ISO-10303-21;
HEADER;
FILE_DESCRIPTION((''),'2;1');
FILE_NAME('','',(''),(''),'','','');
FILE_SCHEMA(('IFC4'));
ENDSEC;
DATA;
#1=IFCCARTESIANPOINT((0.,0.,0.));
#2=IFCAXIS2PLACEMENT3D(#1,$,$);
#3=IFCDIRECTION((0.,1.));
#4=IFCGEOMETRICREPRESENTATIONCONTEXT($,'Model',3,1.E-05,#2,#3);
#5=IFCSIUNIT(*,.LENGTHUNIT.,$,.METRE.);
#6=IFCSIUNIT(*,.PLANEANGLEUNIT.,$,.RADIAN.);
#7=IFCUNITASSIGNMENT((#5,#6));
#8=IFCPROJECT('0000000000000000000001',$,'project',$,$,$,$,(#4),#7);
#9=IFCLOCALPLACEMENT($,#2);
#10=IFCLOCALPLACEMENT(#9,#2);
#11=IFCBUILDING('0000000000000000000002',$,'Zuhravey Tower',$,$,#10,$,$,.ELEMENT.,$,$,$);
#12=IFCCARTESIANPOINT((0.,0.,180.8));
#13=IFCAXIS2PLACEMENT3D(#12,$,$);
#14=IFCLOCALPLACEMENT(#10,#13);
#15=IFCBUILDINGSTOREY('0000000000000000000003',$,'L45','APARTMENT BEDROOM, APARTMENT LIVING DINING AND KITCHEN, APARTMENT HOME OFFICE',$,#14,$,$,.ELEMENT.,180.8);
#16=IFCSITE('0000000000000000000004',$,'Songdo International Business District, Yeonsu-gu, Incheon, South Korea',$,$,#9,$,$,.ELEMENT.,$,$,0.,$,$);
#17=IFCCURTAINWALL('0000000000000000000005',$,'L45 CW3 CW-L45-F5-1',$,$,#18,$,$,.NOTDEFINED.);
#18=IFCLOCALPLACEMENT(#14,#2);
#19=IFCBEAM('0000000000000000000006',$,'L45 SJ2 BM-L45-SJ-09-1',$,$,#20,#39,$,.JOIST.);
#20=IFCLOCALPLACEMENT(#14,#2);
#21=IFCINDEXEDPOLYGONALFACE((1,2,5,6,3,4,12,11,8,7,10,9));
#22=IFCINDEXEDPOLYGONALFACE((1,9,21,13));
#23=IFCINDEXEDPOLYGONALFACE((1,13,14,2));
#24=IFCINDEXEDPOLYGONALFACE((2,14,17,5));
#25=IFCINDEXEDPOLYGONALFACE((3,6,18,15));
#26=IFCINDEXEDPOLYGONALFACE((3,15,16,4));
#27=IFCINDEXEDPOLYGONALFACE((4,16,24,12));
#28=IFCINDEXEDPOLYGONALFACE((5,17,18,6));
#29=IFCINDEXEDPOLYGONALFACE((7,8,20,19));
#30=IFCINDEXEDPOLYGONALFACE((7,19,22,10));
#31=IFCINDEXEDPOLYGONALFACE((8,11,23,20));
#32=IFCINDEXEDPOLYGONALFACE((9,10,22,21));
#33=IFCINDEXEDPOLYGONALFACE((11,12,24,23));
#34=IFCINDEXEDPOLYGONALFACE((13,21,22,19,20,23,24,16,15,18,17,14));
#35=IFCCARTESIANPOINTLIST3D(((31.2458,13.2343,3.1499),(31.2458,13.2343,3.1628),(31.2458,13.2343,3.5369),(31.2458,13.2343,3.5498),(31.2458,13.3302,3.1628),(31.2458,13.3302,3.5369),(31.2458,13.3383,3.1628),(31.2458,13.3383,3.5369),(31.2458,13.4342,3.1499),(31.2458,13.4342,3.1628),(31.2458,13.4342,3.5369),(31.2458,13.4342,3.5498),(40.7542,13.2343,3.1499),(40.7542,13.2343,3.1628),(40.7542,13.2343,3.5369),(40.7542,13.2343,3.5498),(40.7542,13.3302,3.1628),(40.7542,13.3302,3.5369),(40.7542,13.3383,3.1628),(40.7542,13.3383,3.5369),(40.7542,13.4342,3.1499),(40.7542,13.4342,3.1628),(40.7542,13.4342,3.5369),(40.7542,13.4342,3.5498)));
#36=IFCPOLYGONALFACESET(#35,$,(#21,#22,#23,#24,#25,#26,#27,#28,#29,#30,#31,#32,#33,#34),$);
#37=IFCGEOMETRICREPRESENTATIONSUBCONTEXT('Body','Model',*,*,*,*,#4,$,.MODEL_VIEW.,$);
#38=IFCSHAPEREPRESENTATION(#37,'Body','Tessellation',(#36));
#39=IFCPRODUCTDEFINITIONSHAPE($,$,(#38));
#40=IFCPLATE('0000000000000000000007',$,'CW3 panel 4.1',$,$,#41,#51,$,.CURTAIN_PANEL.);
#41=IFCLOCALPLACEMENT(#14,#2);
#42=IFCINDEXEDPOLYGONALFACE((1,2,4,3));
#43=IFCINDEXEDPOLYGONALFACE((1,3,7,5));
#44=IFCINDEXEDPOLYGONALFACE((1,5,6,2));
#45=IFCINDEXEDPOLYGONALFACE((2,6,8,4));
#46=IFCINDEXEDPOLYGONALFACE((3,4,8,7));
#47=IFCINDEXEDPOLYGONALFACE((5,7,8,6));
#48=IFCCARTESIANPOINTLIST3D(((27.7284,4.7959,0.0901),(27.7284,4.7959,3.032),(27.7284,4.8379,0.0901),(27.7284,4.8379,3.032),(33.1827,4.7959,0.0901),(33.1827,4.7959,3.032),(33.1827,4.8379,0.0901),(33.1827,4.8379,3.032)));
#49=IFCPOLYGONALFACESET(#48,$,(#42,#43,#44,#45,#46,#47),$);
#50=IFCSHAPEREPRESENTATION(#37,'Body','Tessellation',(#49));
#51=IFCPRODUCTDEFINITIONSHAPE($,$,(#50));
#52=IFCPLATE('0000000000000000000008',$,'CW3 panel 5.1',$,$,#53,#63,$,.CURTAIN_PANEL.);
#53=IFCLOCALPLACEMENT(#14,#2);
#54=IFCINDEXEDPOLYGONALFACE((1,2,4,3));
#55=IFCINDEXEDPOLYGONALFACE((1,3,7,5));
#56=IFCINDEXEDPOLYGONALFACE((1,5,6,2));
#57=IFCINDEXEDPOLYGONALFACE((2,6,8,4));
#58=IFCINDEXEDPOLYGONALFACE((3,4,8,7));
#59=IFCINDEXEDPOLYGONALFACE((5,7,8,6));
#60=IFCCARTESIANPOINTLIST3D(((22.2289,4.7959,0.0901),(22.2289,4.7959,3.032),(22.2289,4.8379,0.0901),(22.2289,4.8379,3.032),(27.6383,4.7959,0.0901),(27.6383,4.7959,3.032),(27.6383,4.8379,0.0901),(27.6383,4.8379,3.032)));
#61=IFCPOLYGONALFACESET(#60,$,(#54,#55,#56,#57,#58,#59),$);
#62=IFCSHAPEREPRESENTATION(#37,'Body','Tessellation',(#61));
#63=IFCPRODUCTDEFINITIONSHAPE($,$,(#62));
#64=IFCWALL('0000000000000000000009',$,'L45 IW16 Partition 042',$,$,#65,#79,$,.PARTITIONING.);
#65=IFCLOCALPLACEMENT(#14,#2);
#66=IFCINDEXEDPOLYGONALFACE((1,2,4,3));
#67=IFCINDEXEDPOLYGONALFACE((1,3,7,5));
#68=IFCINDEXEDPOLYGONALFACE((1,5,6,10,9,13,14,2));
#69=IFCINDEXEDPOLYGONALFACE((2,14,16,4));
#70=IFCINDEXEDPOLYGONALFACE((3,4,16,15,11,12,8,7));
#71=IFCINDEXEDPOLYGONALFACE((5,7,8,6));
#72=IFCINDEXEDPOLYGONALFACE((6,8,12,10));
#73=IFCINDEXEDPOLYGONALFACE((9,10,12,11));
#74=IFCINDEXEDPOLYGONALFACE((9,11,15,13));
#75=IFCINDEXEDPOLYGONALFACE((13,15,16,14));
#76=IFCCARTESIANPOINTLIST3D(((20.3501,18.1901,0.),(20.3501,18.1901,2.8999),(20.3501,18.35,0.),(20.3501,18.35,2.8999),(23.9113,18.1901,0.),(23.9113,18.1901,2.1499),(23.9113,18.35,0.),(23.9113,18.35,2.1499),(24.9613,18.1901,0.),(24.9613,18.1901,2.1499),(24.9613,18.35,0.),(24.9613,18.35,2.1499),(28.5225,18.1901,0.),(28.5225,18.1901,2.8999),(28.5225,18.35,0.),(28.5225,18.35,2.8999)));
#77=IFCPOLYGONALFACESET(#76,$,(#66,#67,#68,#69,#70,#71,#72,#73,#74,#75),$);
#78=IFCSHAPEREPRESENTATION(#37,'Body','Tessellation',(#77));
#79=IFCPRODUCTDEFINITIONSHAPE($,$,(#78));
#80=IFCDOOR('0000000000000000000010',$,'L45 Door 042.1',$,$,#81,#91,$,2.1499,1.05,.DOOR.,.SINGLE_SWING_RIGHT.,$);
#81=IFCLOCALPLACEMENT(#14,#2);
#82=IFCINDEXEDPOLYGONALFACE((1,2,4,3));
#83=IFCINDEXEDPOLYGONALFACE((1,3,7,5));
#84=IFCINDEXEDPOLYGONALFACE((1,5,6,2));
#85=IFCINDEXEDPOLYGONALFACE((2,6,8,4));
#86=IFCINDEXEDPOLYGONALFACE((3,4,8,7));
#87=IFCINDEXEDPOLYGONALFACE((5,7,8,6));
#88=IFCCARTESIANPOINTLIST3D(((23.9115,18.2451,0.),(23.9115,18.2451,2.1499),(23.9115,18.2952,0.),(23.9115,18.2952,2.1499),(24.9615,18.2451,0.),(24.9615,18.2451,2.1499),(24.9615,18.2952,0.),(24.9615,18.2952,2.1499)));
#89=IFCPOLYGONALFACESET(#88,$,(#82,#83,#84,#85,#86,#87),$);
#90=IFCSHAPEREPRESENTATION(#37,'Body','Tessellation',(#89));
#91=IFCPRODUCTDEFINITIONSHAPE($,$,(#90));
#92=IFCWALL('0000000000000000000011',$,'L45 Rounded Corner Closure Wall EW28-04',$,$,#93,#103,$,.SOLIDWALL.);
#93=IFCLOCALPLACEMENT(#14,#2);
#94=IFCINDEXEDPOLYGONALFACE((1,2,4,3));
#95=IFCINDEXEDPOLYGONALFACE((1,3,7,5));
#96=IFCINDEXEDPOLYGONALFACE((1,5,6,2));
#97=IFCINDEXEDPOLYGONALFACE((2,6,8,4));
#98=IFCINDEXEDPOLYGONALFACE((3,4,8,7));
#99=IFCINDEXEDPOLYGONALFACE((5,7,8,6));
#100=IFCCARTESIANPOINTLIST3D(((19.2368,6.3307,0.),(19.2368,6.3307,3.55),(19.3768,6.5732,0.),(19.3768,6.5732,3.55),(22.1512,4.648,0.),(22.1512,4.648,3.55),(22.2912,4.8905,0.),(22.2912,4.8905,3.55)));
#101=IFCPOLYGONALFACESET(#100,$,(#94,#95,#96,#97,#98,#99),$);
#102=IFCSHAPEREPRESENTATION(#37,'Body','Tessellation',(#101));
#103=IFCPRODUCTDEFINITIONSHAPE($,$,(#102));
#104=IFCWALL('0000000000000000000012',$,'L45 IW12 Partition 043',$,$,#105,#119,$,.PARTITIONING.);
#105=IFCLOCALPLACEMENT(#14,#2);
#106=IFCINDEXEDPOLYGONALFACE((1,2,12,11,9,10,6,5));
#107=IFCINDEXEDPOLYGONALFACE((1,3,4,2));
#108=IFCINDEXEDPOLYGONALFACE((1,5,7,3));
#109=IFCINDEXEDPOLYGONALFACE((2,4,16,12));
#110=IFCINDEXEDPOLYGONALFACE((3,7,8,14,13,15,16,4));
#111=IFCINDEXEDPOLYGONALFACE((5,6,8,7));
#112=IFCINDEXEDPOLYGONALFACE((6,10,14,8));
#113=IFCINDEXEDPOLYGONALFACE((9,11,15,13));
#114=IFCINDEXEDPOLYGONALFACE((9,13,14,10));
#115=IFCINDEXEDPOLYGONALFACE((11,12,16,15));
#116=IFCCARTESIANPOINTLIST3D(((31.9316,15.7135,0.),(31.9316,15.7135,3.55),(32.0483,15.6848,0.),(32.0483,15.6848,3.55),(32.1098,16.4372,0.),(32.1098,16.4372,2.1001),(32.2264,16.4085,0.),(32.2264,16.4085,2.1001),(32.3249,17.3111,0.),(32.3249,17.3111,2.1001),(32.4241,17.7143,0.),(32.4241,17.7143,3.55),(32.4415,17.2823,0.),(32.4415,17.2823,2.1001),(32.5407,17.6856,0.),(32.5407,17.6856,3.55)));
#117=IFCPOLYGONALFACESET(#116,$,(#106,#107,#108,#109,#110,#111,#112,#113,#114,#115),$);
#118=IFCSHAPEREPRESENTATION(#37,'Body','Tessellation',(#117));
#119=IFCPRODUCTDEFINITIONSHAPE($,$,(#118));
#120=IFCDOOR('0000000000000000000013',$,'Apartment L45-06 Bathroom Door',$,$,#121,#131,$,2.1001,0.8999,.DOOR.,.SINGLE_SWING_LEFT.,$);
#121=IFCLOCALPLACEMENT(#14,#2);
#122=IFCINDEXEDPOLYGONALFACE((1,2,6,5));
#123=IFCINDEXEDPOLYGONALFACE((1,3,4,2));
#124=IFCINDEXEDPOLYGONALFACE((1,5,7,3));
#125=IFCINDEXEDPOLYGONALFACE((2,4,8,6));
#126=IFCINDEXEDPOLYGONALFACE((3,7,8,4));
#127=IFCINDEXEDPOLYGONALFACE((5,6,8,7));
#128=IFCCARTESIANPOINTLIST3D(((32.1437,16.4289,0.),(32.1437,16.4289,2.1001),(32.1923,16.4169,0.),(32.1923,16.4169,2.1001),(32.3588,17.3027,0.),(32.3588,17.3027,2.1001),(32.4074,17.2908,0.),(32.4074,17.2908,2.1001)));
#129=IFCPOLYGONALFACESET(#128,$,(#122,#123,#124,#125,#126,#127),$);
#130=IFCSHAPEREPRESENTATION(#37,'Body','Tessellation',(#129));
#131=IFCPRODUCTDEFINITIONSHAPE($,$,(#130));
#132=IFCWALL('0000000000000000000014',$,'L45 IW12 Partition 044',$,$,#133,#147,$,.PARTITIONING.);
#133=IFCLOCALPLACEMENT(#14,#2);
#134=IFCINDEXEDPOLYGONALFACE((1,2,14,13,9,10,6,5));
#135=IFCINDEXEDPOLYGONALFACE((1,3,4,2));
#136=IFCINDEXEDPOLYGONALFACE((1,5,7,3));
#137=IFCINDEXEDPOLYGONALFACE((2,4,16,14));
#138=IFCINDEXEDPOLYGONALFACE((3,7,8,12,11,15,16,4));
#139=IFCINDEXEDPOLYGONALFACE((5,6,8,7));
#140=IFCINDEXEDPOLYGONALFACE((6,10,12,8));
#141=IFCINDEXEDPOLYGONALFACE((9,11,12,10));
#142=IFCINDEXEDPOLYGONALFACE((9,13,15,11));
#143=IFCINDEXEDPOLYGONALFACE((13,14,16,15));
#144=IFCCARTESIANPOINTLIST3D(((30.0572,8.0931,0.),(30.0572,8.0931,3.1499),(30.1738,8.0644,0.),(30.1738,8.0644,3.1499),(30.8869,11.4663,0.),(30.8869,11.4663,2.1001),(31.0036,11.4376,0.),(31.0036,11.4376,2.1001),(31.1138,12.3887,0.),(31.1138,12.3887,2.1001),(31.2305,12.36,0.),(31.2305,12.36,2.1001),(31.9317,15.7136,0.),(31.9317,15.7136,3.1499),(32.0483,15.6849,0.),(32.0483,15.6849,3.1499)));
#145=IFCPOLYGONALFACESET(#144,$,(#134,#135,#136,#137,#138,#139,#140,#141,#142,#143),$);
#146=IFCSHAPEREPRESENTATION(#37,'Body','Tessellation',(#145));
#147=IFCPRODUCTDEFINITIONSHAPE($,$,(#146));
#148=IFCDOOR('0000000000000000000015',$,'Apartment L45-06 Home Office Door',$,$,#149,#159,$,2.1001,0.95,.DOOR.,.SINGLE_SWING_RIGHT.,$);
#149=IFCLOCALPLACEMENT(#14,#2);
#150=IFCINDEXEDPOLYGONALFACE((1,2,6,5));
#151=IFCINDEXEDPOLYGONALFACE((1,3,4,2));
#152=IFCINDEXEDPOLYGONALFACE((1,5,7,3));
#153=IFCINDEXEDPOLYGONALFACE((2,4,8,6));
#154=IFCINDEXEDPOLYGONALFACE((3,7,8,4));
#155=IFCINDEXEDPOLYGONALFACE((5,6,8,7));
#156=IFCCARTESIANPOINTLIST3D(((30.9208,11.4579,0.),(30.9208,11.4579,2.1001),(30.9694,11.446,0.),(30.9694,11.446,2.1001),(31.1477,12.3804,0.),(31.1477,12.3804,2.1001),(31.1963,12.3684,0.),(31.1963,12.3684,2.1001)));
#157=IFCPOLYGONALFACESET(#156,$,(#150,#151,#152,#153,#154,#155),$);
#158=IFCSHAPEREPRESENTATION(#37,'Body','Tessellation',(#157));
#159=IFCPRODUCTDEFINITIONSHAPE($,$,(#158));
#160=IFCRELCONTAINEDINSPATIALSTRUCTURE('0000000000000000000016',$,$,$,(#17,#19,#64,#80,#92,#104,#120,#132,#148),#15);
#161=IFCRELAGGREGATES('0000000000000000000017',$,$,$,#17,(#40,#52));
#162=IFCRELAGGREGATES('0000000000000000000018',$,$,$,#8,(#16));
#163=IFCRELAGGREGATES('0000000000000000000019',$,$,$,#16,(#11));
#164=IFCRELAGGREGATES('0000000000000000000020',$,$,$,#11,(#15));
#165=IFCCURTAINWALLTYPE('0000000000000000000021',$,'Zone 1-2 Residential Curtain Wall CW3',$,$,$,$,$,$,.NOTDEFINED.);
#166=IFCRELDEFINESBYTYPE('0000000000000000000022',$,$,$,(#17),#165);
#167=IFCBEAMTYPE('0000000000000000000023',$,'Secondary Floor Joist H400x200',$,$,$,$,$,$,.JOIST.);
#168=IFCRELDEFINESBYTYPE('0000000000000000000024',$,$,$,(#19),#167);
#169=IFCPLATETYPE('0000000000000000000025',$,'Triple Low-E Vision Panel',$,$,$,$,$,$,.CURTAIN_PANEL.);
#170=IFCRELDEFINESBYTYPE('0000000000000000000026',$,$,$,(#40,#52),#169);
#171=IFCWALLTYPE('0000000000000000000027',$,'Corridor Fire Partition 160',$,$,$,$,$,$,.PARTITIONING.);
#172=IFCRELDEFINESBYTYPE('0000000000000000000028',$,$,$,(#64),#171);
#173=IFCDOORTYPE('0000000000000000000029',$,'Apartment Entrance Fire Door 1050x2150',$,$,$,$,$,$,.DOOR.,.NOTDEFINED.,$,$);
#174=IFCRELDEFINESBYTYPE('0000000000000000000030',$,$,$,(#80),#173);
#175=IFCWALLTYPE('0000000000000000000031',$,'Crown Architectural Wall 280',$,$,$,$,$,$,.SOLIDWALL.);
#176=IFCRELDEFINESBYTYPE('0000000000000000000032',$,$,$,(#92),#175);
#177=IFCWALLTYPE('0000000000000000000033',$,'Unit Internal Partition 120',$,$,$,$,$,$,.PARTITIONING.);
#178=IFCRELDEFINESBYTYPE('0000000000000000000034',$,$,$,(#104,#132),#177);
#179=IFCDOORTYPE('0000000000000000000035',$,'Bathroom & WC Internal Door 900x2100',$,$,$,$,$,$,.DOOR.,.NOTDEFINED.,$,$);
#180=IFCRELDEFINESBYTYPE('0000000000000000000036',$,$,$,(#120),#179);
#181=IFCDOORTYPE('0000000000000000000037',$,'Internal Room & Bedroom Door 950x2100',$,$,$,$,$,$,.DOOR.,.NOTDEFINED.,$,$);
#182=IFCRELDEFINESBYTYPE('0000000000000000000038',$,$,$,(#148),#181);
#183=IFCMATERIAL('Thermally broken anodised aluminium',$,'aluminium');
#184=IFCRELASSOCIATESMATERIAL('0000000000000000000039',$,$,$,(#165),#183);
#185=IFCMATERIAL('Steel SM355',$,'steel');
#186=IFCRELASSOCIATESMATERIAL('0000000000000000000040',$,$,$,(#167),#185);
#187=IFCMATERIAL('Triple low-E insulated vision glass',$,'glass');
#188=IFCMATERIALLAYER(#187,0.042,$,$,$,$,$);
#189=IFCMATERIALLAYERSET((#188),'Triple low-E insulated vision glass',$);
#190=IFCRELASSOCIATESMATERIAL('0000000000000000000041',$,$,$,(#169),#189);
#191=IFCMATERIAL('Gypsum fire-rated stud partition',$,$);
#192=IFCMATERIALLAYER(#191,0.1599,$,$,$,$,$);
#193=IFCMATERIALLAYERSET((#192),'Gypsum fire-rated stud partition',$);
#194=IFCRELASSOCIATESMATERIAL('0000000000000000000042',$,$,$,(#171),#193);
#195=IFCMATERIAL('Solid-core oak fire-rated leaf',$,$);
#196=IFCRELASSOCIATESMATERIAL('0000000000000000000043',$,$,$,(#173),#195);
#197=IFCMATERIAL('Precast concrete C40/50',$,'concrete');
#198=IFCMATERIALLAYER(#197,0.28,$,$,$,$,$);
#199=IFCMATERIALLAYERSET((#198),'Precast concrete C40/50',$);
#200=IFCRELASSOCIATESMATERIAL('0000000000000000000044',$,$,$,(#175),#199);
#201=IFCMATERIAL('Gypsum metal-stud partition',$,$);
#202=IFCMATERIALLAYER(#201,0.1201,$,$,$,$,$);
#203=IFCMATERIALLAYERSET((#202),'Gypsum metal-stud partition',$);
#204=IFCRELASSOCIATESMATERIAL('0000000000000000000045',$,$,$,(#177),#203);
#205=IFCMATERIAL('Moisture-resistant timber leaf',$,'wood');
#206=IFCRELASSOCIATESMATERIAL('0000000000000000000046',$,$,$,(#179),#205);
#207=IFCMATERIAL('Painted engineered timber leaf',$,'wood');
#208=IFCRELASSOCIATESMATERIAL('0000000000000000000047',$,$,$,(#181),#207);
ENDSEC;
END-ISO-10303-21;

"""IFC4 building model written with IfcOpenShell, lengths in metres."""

from ifc_helpers import new_model, si_unit, direction, frame, frame_2d, origin, origin_2d, place, context, subcontext, project, spatial, rectangle, i_section, extrude, material, layer, layer_set, material_profile, profile_set, type_object, element, fill, aggregate, save


model = new_model("IFC4")

# Units and contexts
model_context = context("Model", 3, precision=1e-05, world=origin(), true_north=direction((0.0, 1.0)))
body_context = subcontext(model_context, "Body", "Model", "MODEL_VIEW")
ifc_project = project(units=[si_unit("LENGTHUNIT", "METRE"), si_unit("PLANEANGLEUNIT", "RADIAN")], contexts=[model_context])

# Site, building, storey
site_placement = place(None, origin())
site = spatial("IfcSite", under=ifc_project, at=site_placement, Name="Songdo International Business District, Yeonsu-gu, Incheon, South Korea", CompositionType="ELEMENT", RefElevation=0.0)
building_placement = place(site_placement, origin())
building = spatial("IfcBuilding", under=site, at=building_placement, Name="Zuhravey Tower", CompositionType="ELEMENT")
storey_placement = place(building_placement, frame((0.0, 0.0, 180.8)))
storey = spatial("IfcBuildingStorey", under=building, at=storey_placement, Name="L45", Description="APARTMENT BEDROOM, APARTMENT LIVING DINING AND KITCHEN, APARTMENT HOME OFFICE", CompositionType="ELEMENT", Elevation=180.8)

# Curtain wall
ifc_material_1 = material(Name="Thermally broken anodised aluminium", Category="aluminium")
curtain_wall_type = type_object("IfcCurtainWallType", Name="Zone 1-2 Residential Curtain Wall CW3", PredefinedType="NOTDEFINED", material=ifc_material_1)
curtain_wall_placement = place(storey_placement, origin())
curtain_wall = element("IfcCurtainWall", 1, at=curtain_wall_placement, inside=storey, type_object=curtain_wall_type, Name="L45 CW3 CW-L45-F5-1", PredefinedType="NOTDEFINED")

# Beam
ifc_material_2 = material(Name="Steel SM355", Category="steel")
ifc_material_profile_1 = material_profile(ifc_material_2, i_section(OverallWidth=0.2, OverallDepth=0.3999, WebThickness=0.0081, FlangeThickness=0.0129, at=origin_2d()), Name="H-400x200x8x13")
ifc_profile_set_1 = profile_set([ifc_material_profile_1], Name="Steel SM355")
beam_type_1 = type_object("IfcBeamType", Name="Secondary Floor Joist H400x200", PredefinedType="JOIST", material=ifc_profile_set_1)
beam_1_placement = place(storey_placement, frame((31.2458, 13.3342, 3.3499), z_axis=(1.0, 0.0, 0.0), x_axis=(0.0, 1.0, 0.0)))
element("IfcBeam", 2, at=beam_1_placement, inside=storey, type_object=beam_type_1, Name="L45 SJ2 BM-L45-SJ-09-1", PredefinedType="JOIST", context=body_context, shape_type="SweptSolid", body=[
    extrude(i_section(OverallWidth=0.2, OverallDepth=0.3999, WebThickness=0.0081, FlangeThickness=0.0129, at=origin_2d()), origin(), (0.0, 0.0, 1.0), 9.5083),
])

# Plates
ifc_material_3 = material(Name="Triple low-E insulated vision glass", Category="glass")
ifc_layer_1 = layer(ifc_material_3, 0.042)
ifc_layer_set_1 = layer_set([ifc_layer_1], Name="Triple low-E insulated vision glass")
plate_type = type_object("IfcPlateType", Name="Triple Low-E Vision Panel", PredefinedType="CURTAIN_PANEL", material=ifc_layer_set_1)
plate_1_placement = place(storey_placement, frame((30.4556, 4.8169, 0.0901), z_axis=(0.0, 0.0, 1.0), x_axis=(-1.0, 0.0, 0.0)))
plate_1 = element("IfcPlate", 3, at=plate_1_placement, type_object=plate_type, Name="CW3 panel 4.1", PredefinedType="CURTAIN_PANEL", context=body_context, shape_type="SweptSolid", body=[
    extrude(rectangle(XDim=5.4543, YDim=0.042, at=origin_2d()), origin(), (0.0, 0.0, 1.0), 2.9419),
])
plate_2_placement = place(storey_placement, frame((24.9336, 4.8169, 0.0901), z_axis=(0.0, 0.0, 1.0), x_axis=(-1.0, 0.0, 0.0)))
plate_2 = element("IfcPlate", 4, at=plate_2_placement, type_object=plate_type, Name="CW3 panel 5.1", PredefinedType="CURTAIN_PANEL", context=body_context, shape_type="SweptSolid", body=[
    extrude(rectangle(XDim=5.4094, YDim=0.042, at=origin_2d()), origin(), (0.0, 0.0, 1.0), 2.9419),
])
aggregate(curtain_wall, [plate_1, plate_2])

# Wall, opening, door
ifc_material_4 = material(Name="Gypsum fire-rated stud partition")
ifc_layer_2 = layer(ifc_material_4, 0.1599)
ifc_layer_set_2 = layer_set([ifc_layer_2], Name="Gypsum fire-rated stud partition")
wall_type_1 = type_object("IfcWallType", Name="Corridor Fire Partition 160", PredefinedType="PARTITIONING", material=ifc_layer_set_2)
wall_1_placement = place(storey_placement, frame((20.3501, 18.27, 0.0), z_axis=(0.0, 0.0, 1.0), x_axis=(1.0, 0.0, 0.0)))
wall_1 = element("IfcWall", 5, at=wall_1_placement, inside=storey, type_object=wall_type_1, Name="L45 IW16 Partition 042", PredefinedType="PARTITIONING", context=body_context, shape_type="SweptSolid", body=[
    extrude(rectangle(XDim=8.1724, YDim=0.1599, at=frame_2d((4.0862, 0.0))), origin(), (0.0, 0.0, 1.0), 2.8999),
])
opening_1_placement = place(wall_1_placement, frame((3.5613, 0.0, 0.0)))
opening_1 = element("IfcOpeningElement", 6, at=opening_1_placement, cuts=wall_1, PredefinedType="OPENING", context=body_context, shape_type="SweptSolid", body=[
    extrude(rectangle(XDim=1.05, YDim=2.1499, at=frame_2d((0.5249, 1.075))), frame((0.0, 0.092, 0.0), z_axis=(0.0, -1.0, 0.0), x_axis=(1.0, 0.0, 0.0)), (0.0, 0.0, 1.0), 0.1838),
])
ifc_material_5 = material(Name="Solid-core oak fire-rated leaf")
door_type_1 = type_object("IfcDoorType", Name="Apartment Entrance Fire Door 1050x2150", OperationType="NOTDEFINED", PredefinedType="DOOR", material=ifc_material_5)
door_1_placement = place(opening_1_placement, frame((1.05, 0.0, 0.0), z_axis=(0.0, 0.0, 1.0), x_axis=(-1.0, 0.0, 0.0)))
door_1 = element("IfcDoor", 7, at=door_1_placement, inside=storey, type_object=door_type_1, Name="L45 Door 042.1", OperationType="SINGLE_SWING_RIGHT", OverallHeight=2.1499, OverallWidth=1.05, PredefinedType="DOOR", context=body_context, shape_type="SweptSolid", body=[
    extrude(rectangle(XDim=1.05, YDim=2.1499, at=frame_2d((0.5249, 1.075))), frame((0.0, 0.0249, 0.0), z_axis=(0.0, -1.0, 0.0), x_axis=(1.0, 0.0, 0.0)), (0.0, 0.0, 1.0), 0.05),
])
fill(opening_1, door_1)

# Wall
ifc_material_6 = material(Name="Precast concrete C40/50", Category="concrete")
ifc_layer_3 = layer(ifc_material_6, 0.28)
ifc_layer_set_3 = layer_set([ifc_layer_3], Name="Precast concrete C40/50")
wall_type_2 = type_object("IfcWallType", Name="Crown Architectural Wall 280", PredefinedType="SOLIDWALL", material=ifc_layer_set_3)
wall_2_placement = place(storey_placement, frame((22.2212, 4.7693, 0.0), z_axis=(0.0, 0.0, 1.0), x_axis=(-0.86602, 0.500009, 0.0)))
element("IfcWall", 8, at=wall_2_placement, inside=storey, type_object=wall_type_2, Name="L45 Rounded Corner Closure Wall EW28-04", PredefinedType="SOLIDWALL", context=body_context, shape_type="SweptSolid", body=[
    extrude(rectangle(XDim=3.3652, YDim=0.28, at=frame_2d((1.6826, 0.0))), origin(), (0.0, 0.0, 1.0), 3.55),
])

# Walls, openings, doors
ifc_material_7 = material(Name="Gypsum metal-stud partition")
ifc_layer_4 = layer(ifc_material_7, 0.1201)
ifc_layer_set_4 = layer_set([ifc_layer_4], Name="Gypsum metal-stud partition")
wall_type_3 = type_object("IfcWallType", Name="Unit Internal Partition 120", PredefinedType="PARTITIONING", material=ifc_layer_set_4)
wall_3_placement = place(storey_placement, frame((32.4824, 17.7, 0.0), z_axis=(0.0, 0.0, 1.0), x_axis=(-0.238993, -0.971021, 0.0)))
wall_3 = element("IfcWall", 9, at=wall_3_placement, inside=storey, type_object=wall_type_3, Name="L45 IW12 Partition 043", PredefinedType="PARTITIONING", context=body_context, shape_type="SweptSolid", body=[
    extrude(rectangle(XDim=2.0605, YDim=0.1201, at=frame_2d((1.0303, 0.0))), origin(), (0.0, 0.0, 1.0), 3.55),
])
opening_2_placement = place(wall_3_placement, frame((0.4153, 0.0, 0.0)))
opening_2 = element("IfcOpeningElement", 10, at=opening_2_placement, cuts=wall_3, PredefinedType="OPENING", context=body_context, shape_type="SweptSolid", body=[
    extrude(rectangle(XDim=0.8999, YDim=2.1001, at=frame_2d((0.45, 1.05))), frame((0.0, 0.072, 0.0), z_axis=(0.0, -1.0, 0.0), x_axis=(1.0, 0.0, 0.0)), (0.0, 0.0, 1.0), 0.144),
])
ifc_material_8 = material(Name="Moisture-resistant timber leaf", Category="wood")
door_type_2 = type_object("IfcDoorType", Name="Bathroom & WC Internal Door 900x2100", OperationType="NOTDEFINED", PredefinedType="DOOR", material=ifc_material_8)
door_2_placement = place(opening_2_placement, origin())
door_2 = element("IfcDoor", 11, at=door_2_placement, inside=storey, type_object=door_type_2, Name="Apartment L45-06 Bathroom Door", OperationType="SINGLE_SWING_LEFT", OverallHeight=2.1001, OverallWidth=0.8999, PredefinedType="DOOR", context=body_context, shape_type="SweptSolid", body=[
    extrude(rectangle(XDim=0.8999, YDim=2.1001, at=frame_2d((0.45, 1.05))), frame((0.0, 0.0249, 0.0), z_axis=(0.0, -1.0, 0.0), x_axis=(1.0, 0.0, 0.0)), (0.0, 0.0, 1.0), 0.05),
])
fill(opening_2, door_2)
wall_4_placement = place(storey_placement, frame((31.99, 15.6992, 0.0), z_axis=(0.0, 0.0, 1.0), x_axis=(-0.238859, -0.971054, 0.0)))
wall_4 = element("IfcWall", 12, at=wall_4_placement, inside=storey, type_object=wall_type_3, Name="L45 IW12 Partition 044", PredefinedType="PARTITIONING", context=body_context, shape_type="SweptSolid", body=[
    extrude(rectangle(XDim=7.8477, YDim=0.1201, at=frame_2d((3.9238, 0.0))), origin(), (0.0, 0.0, 1.0), 3.1499),
])
opening_3_placement = place(wall_4_placement, frame((3.4238, 0.0, 0.0)))
opening_3 = element("IfcOpeningElement", 13, at=opening_3_placement, cuts=wall_4, PredefinedType="OPENING", context=body_context, shape_type="SweptSolid", body=[
    extrude(rectangle(XDim=0.95, YDim=2.1001, at=frame_2d((0.4751, 1.05))), frame((0.0, 0.072, 0.0), z_axis=(0.0, -1.0, 0.0), x_axis=(1.0, 0.0, 0.0)), (0.0, 0.0, 1.0), 0.144),
])
ifc_material_9 = material(Name="Painted engineered timber leaf", Category="wood")
door_type_3 = type_object("IfcDoorType", Name="Internal Room & Bedroom Door 950x2100", OperationType="NOTDEFINED", PredefinedType="DOOR", material=ifc_material_9)
door_3_placement = place(opening_3_placement, origin())
door_3 = element("IfcDoor", 14, at=door_3_placement, inside=storey, type_object=door_type_3, Name="Apartment L45-06 Home Office Door", OperationType="SINGLE_SWING_RIGHT", OverallHeight=2.1001, OverallWidth=0.95, PredefinedType="DOOR", context=body_context, shape_type="SweptSolid", body=[
    extrude(rectangle(XDim=0.95, YDim=2.1001, at=frame_2d((0.4751, 1.05))), frame((0.0, 0.0249, 0.0), z_axis=(0.0, -1.0, 0.0), x_axis=(1.0, 0.0, 0.0)), (0.0, 0.0, 1.0), 0.05),
])
fill(opening_3, door_3)

save(model, "model.ifc")
